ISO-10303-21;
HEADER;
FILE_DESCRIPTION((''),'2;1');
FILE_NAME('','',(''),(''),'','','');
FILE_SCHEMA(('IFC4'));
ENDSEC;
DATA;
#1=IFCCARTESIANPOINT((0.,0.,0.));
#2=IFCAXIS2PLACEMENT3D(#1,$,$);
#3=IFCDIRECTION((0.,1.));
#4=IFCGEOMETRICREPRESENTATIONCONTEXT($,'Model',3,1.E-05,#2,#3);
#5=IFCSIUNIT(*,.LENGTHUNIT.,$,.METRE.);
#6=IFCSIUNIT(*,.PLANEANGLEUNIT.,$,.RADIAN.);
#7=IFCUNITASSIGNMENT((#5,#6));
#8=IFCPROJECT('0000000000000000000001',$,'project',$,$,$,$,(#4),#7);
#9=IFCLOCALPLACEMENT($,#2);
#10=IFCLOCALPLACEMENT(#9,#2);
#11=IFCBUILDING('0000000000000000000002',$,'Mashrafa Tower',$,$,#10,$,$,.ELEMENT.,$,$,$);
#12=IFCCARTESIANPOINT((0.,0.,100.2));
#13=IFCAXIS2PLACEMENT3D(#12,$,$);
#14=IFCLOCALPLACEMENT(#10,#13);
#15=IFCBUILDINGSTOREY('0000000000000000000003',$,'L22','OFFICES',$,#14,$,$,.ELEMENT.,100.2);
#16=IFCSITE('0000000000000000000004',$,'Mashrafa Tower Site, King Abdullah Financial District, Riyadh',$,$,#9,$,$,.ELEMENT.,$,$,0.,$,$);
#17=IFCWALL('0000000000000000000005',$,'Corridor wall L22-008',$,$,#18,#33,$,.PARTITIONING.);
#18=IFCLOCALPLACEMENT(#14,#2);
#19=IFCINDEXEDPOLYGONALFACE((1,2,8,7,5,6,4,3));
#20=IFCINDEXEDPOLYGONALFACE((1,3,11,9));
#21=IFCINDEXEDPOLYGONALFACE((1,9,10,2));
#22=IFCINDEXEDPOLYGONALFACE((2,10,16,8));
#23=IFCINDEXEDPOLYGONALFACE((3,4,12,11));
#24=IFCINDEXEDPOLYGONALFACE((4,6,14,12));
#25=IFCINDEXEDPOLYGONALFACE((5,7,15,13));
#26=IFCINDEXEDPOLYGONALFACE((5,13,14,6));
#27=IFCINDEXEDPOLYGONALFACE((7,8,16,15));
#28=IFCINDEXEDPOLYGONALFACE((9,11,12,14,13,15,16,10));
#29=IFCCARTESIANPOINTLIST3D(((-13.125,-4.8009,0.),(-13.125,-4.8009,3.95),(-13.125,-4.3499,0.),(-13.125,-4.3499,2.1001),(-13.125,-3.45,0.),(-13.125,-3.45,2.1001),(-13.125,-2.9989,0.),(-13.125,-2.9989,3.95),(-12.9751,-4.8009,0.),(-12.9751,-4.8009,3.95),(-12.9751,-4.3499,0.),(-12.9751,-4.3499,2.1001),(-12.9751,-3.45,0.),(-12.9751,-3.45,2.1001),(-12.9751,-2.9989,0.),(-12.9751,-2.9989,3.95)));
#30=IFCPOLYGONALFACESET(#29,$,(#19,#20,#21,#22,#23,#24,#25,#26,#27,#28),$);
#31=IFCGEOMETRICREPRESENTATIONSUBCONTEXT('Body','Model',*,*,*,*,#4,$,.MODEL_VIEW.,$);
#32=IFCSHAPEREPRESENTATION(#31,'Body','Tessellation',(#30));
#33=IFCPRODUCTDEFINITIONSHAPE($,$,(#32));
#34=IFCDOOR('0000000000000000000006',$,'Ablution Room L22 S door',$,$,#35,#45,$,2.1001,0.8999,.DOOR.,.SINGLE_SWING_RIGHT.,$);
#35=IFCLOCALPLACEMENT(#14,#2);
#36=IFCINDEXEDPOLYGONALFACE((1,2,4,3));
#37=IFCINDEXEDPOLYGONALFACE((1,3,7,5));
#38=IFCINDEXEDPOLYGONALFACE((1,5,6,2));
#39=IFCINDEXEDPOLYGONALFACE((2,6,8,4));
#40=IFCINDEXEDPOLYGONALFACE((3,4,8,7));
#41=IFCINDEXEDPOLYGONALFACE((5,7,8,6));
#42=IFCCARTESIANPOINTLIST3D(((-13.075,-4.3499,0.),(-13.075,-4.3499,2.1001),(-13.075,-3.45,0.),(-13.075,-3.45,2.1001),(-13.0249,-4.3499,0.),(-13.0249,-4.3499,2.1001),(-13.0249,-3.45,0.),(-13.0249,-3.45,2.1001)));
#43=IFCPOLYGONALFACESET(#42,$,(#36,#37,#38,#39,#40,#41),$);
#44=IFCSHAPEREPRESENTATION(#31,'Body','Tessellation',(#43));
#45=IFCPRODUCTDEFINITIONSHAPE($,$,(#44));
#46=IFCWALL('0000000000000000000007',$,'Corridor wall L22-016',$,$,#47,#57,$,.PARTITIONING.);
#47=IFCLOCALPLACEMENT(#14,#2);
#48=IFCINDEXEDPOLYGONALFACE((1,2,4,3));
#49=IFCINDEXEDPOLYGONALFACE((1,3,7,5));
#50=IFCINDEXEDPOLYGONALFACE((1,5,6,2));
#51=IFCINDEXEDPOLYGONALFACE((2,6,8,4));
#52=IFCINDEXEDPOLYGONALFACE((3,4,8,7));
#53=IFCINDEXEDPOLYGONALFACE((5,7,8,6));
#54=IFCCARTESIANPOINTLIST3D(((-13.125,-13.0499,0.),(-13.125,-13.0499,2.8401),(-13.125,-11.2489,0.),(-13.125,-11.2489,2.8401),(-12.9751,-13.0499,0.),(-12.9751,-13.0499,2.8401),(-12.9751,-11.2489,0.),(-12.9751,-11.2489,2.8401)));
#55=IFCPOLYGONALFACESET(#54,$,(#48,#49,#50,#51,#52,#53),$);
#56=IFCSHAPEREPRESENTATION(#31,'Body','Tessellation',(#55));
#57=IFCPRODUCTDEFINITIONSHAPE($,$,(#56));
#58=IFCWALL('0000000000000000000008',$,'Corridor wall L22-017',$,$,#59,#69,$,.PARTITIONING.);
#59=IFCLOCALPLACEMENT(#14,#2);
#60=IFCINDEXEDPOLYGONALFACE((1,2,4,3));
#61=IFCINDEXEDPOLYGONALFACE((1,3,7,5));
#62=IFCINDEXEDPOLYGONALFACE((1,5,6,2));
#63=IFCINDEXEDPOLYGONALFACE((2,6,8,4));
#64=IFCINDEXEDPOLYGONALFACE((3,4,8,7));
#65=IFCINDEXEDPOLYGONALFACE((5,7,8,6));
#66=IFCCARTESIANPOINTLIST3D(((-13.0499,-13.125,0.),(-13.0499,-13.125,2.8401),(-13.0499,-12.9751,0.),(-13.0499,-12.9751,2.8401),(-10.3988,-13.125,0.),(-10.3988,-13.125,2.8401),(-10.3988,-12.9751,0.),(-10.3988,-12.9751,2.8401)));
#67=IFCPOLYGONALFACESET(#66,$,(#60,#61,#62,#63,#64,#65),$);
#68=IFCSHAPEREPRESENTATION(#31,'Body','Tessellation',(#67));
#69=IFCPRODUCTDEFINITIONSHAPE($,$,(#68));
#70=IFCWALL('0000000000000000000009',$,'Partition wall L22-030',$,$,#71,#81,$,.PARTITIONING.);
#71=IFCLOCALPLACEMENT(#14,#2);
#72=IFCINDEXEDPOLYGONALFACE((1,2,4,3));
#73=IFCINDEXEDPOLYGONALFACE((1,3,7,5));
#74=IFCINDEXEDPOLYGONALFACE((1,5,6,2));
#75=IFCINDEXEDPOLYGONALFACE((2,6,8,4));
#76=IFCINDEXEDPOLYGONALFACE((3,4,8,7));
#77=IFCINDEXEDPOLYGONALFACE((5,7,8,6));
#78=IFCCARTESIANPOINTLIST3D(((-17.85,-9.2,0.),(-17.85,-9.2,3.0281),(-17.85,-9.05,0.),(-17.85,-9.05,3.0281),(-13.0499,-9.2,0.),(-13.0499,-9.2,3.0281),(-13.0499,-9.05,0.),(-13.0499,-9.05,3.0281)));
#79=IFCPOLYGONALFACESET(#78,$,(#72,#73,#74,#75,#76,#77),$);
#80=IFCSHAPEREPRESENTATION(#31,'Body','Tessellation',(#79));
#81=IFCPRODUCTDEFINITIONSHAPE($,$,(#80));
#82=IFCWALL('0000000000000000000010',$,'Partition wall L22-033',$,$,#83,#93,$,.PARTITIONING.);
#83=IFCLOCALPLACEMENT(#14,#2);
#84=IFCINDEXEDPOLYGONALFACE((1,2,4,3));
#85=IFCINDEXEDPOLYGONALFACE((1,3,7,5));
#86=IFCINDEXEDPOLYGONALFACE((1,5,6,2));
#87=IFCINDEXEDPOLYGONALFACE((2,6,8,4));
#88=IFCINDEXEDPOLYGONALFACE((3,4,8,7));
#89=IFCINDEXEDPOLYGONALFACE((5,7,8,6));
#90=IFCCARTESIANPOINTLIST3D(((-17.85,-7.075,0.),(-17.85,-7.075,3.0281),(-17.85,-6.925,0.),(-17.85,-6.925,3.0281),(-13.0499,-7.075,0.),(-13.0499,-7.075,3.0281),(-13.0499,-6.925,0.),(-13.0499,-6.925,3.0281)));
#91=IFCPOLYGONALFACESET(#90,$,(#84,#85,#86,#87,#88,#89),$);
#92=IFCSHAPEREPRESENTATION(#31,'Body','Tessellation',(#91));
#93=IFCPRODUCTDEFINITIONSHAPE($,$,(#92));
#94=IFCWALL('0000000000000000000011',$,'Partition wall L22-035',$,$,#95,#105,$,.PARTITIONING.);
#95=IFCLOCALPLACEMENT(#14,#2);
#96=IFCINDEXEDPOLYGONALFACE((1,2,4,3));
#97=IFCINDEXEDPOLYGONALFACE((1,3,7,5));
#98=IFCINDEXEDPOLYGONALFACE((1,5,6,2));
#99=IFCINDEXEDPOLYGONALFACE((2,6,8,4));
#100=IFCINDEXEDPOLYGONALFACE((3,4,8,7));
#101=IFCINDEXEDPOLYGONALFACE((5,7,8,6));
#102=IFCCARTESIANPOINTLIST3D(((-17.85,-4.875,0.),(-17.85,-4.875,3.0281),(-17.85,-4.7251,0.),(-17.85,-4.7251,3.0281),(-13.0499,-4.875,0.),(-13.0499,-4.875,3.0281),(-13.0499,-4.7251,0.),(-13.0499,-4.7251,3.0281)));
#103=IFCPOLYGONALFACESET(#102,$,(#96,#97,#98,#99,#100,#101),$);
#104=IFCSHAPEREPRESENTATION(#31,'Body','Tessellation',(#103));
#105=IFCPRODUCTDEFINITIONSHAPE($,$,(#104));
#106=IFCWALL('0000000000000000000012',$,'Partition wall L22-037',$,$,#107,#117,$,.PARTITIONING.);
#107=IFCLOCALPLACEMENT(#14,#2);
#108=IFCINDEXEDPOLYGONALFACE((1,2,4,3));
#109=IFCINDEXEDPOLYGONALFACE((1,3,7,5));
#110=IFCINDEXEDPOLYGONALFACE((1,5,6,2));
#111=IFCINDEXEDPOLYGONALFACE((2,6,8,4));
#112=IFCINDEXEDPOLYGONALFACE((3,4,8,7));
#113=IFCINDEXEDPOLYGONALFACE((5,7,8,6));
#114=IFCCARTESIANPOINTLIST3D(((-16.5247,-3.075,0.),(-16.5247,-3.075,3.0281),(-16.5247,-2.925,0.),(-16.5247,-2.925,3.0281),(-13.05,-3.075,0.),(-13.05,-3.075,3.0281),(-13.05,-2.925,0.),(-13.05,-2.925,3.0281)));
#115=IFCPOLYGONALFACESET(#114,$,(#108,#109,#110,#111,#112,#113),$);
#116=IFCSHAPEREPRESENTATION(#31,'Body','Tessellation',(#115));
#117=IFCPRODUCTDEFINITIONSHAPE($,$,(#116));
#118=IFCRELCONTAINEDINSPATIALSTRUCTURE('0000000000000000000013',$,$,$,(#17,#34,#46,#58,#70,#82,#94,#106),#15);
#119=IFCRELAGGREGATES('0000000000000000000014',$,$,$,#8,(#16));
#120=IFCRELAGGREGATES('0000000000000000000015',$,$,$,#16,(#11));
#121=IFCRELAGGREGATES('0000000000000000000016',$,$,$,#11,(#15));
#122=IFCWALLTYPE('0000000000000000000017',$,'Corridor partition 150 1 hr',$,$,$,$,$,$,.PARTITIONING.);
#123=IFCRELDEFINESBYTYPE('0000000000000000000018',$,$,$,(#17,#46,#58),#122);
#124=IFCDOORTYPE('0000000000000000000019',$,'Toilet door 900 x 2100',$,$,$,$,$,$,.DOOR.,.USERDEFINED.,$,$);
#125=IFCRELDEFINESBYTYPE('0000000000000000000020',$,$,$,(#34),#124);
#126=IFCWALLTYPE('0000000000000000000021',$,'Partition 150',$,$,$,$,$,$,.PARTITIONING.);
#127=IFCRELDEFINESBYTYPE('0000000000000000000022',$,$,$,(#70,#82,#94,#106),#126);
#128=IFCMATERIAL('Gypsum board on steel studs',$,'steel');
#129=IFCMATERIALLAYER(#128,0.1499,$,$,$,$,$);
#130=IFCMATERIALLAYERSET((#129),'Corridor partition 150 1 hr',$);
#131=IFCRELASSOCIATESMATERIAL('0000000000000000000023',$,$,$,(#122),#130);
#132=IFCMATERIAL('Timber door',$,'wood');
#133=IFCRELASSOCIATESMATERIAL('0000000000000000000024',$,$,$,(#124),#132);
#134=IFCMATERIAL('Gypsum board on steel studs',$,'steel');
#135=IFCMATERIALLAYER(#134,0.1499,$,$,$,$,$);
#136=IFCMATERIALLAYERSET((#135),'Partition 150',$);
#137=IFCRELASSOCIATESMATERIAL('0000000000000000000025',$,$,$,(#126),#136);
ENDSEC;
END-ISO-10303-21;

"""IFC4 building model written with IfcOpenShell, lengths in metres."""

from ifc_helpers import new_model, si_unit, direction, frame, frame_2d, origin, place, context, subcontext, project, spatial, rectangle, extrude, material, layer, layer_set, type_object, element, fill, save


model = new_model("IFC4")

# Units and contexts
model_context = context("Model", 3, precision=1e-05, world=origin(), true_north=direction((0.0, 1.0)))
body_context = subcontext(model_context, "Body", "Model", "MODEL_VIEW")
ifc_project = project(units=[si_unit("LENGTHUNIT", "METRE"), si_unit("PLANEANGLEUNIT", "RADIAN")], contexts=[model_context])

# Site, building, storey
site_placement = place(None, origin())
site = spatial("IfcSite", under=ifc_project, at=site_placement, Name="Mashrafa Tower Site, King Abdullah Financial District, Riyadh", CompositionType="ELEMENT", RefElevation=0.0)
building_placement = place(site_placement, origin())
building = spatial("IfcBuilding", under=site, at=building_placement, Name="Mashrafa Tower", CompositionType="ELEMENT")
storey_placement = place(building_placement, frame((0.0, 0.0, 100.2)))
storey = spatial("IfcBuildingStorey", under=building, at=storey_placement, Name="L22", Description="OFFICES", CompositionType="ELEMENT", Elevation=100.2)

# Wall, opening, door
ifc_material_1 = material(Name="Gypsum board on steel studs", Category="steel")
ifc_layer_1 = layer(ifc_material_1, 0.1499)
ifc_layer_set_1 = layer_set([ifc_layer_1], Name="Corridor partition 150 1 hr")
wall_type_1 = type_object("IfcWallType", Name="Corridor partition 150 1 hr", PredefinedType="PARTITIONING", material=ifc_layer_set_1)
ifc_material_2 = material(Name="Timber door", Category="wood")
door_type_1 = type_object("IfcDoorType", Name="Toilet door 900 x 2100", OperationType="USERDEFINED", PredefinedType="DOOR", material=ifc_material_2)
wall_1_placement = place(storey_placement, frame((-13.05, -2.999, 0.0), z_axis=(0.0, 0.0, 1.0), x_axis=(0.0, -1.0, 0.0)))
wall_1 = element("IfcWall", 1, at=wall_1_placement, inside=storey, type_object=wall_type_1, Name="Corridor wall L22-008", PredefinedType="PARTITIONING", context=body_context, shape_type="SweptSolid", body=[
    extrude(rectangle(XDim=1.802, YDim=0.1499, at=frame_2d((0.9009, 0.0))), origin(), (0.0, 0.0, 1.0), 3.95),
])
opening_1_placement = place(wall_1_placement, frame((0.4509, 0.0, 0.0)))
opening_1 = element("IfcOpeningElement", 2, at=opening_1_placement, cuts=wall_1, PredefinedType="OPENING", context=body_context, shape_type="SweptSolid", body=[
    extrude(rectangle(XDim=0.8999, YDim=2.1001, at=frame_2d((0.45, 1.05))), frame((0.0, 0.085, 0.0), z_axis=(0.0, -1.0, 0.0), x_axis=(1.0, 0.0, 0.0)), (0.0, 0.0, 1.0), 0.1699),
])
door_1_placement = place(opening_1_placement, frame((0.8999, 0.0, 0.0), z_axis=(0.0, 0.0, 1.0), x_axis=(-1.0, 0.0, 0.0)))
door_1 = element("IfcDoor", 3, at=door_1_placement, inside=storey, type_object=door_type_1, Name="Ablution Room L22 S door", OperationType="SINGLE_SWING_RIGHT", OverallHeight=2.1001, OverallWidth=0.8999, PredefinedType="DOOR", context=body_context, shape_type="SweptSolid", body=[
    extrude(rectangle(XDim=0.8999, YDim=2.1001, at=frame_2d((0.45, 1.05))), frame((0.0, 0.0249, 0.0), z_axis=(0.0, -1.0, 0.0), x_axis=(1.0, 0.0, 0.0)), (0.0, 0.0, 1.0), 0.05),
])
fill(opening_1, door_1)

# Walls
wall_2_placement = place(storey_placement, frame((-13.05, -11.249, 0.0), z_axis=(0.0, 0.0, 1.0), x_axis=(0.0, -1.0, 0.0)))
element("IfcWall", 4, at=wall_2_placement, inside=storey, type_object=wall_type_1, Name="Corridor wall L22-016", PredefinedType="PARTITIONING", context=body_context, shape_type="SweptSolid", body=[
    extrude(rectangle(XDim=1.801, YDim=0.1499, at=frame_2d((0.9004, 0.0))), origin(), (0.0, 0.0, 1.0), 2.8401),
])
wall_3_placement = place(storey_placement, frame((-13.05, -13.05, 0.0), z_axis=(0.0, 0.0, 1.0), x_axis=(1.0, 0.0, 0.0)))
element("IfcWall", 5, at=wall_3_placement, inside=storey, type_object=wall_type_1, Name="Corridor wall L22-017", PredefinedType="PARTITIONING", context=body_context, shape_type="SweptSolid", body=[
    extrude(rectangle(XDim=2.6511, YDim=0.1499, at=frame_2d((1.3257, 0.0))), origin(), (0.0, 0.0, 1.0), 2.8401),
])
ifc_material_3 = material(Name="Gypsum board on steel studs", Category="steel")
ifc_layer_2 = layer(ifc_material_3, 0.1499)
ifc_layer_set_2 = layer_set([ifc_layer_2], Name="Partition 150")
wall_type_2 = type_object("IfcWallType", Name="Partition 150", PredefinedType="PARTITIONING", material=ifc_layer_set_2)
for number, where, z_axis, x_axis, name in (
    (6, (-13.05, -9.125, 0.0), (0.0, 0.0, 1.0), (-1.0, 0.0, 0.0), "Partition wall L22-030"),
    (7, (-13.05, -7.0, 0.0), (0.0, 0.0, 1.0), (-1.0, 0.0, 0.0), "Partition wall L22-033"),
    (8, (-13.05, -4.8, 0.0), (0.0, 0.0, 1.0), (-1.0, 0.0, 0.0), "Partition wall L22-035"),
):
    element("IfcWall", number, at=place(storey_placement, frame(where, z_axis=z_axis, x_axis=x_axis)), inside=storey, type_object=wall_type_2, Name=name, PredefinedType="PARTITIONING", context=body_context, shape_type="SweptSolid", body=[
        extrude(rectangle(XDim=4.8, YDim=0.1499, at=frame_2d((2.3999, 0.0))), origin(), (0.0, 0.0, 1.0), 3.0281),
    ])
wall_4_placement = place(storey_placement, frame((-13.05, -3.0, 0.0), z_axis=(0.0, 0.0, 1.0), x_axis=(-1.0, 0.0, 0.0)))
element("IfcWall", 9, at=wall_4_placement, inside=storey, type_object=wall_type_2, Name="Partition wall L22-037", PredefinedType="PARTITIONING", context=body_context, shape_type="SweptSolid", body=[
    extrude(rectangle(XDim=3.4746, YDim=0.1499, at=frame_2d((1.7373, 0.0))), origin(), (0.0, 0.0, 1.0), 3.0281),
])

save(model, "model.ifc")
